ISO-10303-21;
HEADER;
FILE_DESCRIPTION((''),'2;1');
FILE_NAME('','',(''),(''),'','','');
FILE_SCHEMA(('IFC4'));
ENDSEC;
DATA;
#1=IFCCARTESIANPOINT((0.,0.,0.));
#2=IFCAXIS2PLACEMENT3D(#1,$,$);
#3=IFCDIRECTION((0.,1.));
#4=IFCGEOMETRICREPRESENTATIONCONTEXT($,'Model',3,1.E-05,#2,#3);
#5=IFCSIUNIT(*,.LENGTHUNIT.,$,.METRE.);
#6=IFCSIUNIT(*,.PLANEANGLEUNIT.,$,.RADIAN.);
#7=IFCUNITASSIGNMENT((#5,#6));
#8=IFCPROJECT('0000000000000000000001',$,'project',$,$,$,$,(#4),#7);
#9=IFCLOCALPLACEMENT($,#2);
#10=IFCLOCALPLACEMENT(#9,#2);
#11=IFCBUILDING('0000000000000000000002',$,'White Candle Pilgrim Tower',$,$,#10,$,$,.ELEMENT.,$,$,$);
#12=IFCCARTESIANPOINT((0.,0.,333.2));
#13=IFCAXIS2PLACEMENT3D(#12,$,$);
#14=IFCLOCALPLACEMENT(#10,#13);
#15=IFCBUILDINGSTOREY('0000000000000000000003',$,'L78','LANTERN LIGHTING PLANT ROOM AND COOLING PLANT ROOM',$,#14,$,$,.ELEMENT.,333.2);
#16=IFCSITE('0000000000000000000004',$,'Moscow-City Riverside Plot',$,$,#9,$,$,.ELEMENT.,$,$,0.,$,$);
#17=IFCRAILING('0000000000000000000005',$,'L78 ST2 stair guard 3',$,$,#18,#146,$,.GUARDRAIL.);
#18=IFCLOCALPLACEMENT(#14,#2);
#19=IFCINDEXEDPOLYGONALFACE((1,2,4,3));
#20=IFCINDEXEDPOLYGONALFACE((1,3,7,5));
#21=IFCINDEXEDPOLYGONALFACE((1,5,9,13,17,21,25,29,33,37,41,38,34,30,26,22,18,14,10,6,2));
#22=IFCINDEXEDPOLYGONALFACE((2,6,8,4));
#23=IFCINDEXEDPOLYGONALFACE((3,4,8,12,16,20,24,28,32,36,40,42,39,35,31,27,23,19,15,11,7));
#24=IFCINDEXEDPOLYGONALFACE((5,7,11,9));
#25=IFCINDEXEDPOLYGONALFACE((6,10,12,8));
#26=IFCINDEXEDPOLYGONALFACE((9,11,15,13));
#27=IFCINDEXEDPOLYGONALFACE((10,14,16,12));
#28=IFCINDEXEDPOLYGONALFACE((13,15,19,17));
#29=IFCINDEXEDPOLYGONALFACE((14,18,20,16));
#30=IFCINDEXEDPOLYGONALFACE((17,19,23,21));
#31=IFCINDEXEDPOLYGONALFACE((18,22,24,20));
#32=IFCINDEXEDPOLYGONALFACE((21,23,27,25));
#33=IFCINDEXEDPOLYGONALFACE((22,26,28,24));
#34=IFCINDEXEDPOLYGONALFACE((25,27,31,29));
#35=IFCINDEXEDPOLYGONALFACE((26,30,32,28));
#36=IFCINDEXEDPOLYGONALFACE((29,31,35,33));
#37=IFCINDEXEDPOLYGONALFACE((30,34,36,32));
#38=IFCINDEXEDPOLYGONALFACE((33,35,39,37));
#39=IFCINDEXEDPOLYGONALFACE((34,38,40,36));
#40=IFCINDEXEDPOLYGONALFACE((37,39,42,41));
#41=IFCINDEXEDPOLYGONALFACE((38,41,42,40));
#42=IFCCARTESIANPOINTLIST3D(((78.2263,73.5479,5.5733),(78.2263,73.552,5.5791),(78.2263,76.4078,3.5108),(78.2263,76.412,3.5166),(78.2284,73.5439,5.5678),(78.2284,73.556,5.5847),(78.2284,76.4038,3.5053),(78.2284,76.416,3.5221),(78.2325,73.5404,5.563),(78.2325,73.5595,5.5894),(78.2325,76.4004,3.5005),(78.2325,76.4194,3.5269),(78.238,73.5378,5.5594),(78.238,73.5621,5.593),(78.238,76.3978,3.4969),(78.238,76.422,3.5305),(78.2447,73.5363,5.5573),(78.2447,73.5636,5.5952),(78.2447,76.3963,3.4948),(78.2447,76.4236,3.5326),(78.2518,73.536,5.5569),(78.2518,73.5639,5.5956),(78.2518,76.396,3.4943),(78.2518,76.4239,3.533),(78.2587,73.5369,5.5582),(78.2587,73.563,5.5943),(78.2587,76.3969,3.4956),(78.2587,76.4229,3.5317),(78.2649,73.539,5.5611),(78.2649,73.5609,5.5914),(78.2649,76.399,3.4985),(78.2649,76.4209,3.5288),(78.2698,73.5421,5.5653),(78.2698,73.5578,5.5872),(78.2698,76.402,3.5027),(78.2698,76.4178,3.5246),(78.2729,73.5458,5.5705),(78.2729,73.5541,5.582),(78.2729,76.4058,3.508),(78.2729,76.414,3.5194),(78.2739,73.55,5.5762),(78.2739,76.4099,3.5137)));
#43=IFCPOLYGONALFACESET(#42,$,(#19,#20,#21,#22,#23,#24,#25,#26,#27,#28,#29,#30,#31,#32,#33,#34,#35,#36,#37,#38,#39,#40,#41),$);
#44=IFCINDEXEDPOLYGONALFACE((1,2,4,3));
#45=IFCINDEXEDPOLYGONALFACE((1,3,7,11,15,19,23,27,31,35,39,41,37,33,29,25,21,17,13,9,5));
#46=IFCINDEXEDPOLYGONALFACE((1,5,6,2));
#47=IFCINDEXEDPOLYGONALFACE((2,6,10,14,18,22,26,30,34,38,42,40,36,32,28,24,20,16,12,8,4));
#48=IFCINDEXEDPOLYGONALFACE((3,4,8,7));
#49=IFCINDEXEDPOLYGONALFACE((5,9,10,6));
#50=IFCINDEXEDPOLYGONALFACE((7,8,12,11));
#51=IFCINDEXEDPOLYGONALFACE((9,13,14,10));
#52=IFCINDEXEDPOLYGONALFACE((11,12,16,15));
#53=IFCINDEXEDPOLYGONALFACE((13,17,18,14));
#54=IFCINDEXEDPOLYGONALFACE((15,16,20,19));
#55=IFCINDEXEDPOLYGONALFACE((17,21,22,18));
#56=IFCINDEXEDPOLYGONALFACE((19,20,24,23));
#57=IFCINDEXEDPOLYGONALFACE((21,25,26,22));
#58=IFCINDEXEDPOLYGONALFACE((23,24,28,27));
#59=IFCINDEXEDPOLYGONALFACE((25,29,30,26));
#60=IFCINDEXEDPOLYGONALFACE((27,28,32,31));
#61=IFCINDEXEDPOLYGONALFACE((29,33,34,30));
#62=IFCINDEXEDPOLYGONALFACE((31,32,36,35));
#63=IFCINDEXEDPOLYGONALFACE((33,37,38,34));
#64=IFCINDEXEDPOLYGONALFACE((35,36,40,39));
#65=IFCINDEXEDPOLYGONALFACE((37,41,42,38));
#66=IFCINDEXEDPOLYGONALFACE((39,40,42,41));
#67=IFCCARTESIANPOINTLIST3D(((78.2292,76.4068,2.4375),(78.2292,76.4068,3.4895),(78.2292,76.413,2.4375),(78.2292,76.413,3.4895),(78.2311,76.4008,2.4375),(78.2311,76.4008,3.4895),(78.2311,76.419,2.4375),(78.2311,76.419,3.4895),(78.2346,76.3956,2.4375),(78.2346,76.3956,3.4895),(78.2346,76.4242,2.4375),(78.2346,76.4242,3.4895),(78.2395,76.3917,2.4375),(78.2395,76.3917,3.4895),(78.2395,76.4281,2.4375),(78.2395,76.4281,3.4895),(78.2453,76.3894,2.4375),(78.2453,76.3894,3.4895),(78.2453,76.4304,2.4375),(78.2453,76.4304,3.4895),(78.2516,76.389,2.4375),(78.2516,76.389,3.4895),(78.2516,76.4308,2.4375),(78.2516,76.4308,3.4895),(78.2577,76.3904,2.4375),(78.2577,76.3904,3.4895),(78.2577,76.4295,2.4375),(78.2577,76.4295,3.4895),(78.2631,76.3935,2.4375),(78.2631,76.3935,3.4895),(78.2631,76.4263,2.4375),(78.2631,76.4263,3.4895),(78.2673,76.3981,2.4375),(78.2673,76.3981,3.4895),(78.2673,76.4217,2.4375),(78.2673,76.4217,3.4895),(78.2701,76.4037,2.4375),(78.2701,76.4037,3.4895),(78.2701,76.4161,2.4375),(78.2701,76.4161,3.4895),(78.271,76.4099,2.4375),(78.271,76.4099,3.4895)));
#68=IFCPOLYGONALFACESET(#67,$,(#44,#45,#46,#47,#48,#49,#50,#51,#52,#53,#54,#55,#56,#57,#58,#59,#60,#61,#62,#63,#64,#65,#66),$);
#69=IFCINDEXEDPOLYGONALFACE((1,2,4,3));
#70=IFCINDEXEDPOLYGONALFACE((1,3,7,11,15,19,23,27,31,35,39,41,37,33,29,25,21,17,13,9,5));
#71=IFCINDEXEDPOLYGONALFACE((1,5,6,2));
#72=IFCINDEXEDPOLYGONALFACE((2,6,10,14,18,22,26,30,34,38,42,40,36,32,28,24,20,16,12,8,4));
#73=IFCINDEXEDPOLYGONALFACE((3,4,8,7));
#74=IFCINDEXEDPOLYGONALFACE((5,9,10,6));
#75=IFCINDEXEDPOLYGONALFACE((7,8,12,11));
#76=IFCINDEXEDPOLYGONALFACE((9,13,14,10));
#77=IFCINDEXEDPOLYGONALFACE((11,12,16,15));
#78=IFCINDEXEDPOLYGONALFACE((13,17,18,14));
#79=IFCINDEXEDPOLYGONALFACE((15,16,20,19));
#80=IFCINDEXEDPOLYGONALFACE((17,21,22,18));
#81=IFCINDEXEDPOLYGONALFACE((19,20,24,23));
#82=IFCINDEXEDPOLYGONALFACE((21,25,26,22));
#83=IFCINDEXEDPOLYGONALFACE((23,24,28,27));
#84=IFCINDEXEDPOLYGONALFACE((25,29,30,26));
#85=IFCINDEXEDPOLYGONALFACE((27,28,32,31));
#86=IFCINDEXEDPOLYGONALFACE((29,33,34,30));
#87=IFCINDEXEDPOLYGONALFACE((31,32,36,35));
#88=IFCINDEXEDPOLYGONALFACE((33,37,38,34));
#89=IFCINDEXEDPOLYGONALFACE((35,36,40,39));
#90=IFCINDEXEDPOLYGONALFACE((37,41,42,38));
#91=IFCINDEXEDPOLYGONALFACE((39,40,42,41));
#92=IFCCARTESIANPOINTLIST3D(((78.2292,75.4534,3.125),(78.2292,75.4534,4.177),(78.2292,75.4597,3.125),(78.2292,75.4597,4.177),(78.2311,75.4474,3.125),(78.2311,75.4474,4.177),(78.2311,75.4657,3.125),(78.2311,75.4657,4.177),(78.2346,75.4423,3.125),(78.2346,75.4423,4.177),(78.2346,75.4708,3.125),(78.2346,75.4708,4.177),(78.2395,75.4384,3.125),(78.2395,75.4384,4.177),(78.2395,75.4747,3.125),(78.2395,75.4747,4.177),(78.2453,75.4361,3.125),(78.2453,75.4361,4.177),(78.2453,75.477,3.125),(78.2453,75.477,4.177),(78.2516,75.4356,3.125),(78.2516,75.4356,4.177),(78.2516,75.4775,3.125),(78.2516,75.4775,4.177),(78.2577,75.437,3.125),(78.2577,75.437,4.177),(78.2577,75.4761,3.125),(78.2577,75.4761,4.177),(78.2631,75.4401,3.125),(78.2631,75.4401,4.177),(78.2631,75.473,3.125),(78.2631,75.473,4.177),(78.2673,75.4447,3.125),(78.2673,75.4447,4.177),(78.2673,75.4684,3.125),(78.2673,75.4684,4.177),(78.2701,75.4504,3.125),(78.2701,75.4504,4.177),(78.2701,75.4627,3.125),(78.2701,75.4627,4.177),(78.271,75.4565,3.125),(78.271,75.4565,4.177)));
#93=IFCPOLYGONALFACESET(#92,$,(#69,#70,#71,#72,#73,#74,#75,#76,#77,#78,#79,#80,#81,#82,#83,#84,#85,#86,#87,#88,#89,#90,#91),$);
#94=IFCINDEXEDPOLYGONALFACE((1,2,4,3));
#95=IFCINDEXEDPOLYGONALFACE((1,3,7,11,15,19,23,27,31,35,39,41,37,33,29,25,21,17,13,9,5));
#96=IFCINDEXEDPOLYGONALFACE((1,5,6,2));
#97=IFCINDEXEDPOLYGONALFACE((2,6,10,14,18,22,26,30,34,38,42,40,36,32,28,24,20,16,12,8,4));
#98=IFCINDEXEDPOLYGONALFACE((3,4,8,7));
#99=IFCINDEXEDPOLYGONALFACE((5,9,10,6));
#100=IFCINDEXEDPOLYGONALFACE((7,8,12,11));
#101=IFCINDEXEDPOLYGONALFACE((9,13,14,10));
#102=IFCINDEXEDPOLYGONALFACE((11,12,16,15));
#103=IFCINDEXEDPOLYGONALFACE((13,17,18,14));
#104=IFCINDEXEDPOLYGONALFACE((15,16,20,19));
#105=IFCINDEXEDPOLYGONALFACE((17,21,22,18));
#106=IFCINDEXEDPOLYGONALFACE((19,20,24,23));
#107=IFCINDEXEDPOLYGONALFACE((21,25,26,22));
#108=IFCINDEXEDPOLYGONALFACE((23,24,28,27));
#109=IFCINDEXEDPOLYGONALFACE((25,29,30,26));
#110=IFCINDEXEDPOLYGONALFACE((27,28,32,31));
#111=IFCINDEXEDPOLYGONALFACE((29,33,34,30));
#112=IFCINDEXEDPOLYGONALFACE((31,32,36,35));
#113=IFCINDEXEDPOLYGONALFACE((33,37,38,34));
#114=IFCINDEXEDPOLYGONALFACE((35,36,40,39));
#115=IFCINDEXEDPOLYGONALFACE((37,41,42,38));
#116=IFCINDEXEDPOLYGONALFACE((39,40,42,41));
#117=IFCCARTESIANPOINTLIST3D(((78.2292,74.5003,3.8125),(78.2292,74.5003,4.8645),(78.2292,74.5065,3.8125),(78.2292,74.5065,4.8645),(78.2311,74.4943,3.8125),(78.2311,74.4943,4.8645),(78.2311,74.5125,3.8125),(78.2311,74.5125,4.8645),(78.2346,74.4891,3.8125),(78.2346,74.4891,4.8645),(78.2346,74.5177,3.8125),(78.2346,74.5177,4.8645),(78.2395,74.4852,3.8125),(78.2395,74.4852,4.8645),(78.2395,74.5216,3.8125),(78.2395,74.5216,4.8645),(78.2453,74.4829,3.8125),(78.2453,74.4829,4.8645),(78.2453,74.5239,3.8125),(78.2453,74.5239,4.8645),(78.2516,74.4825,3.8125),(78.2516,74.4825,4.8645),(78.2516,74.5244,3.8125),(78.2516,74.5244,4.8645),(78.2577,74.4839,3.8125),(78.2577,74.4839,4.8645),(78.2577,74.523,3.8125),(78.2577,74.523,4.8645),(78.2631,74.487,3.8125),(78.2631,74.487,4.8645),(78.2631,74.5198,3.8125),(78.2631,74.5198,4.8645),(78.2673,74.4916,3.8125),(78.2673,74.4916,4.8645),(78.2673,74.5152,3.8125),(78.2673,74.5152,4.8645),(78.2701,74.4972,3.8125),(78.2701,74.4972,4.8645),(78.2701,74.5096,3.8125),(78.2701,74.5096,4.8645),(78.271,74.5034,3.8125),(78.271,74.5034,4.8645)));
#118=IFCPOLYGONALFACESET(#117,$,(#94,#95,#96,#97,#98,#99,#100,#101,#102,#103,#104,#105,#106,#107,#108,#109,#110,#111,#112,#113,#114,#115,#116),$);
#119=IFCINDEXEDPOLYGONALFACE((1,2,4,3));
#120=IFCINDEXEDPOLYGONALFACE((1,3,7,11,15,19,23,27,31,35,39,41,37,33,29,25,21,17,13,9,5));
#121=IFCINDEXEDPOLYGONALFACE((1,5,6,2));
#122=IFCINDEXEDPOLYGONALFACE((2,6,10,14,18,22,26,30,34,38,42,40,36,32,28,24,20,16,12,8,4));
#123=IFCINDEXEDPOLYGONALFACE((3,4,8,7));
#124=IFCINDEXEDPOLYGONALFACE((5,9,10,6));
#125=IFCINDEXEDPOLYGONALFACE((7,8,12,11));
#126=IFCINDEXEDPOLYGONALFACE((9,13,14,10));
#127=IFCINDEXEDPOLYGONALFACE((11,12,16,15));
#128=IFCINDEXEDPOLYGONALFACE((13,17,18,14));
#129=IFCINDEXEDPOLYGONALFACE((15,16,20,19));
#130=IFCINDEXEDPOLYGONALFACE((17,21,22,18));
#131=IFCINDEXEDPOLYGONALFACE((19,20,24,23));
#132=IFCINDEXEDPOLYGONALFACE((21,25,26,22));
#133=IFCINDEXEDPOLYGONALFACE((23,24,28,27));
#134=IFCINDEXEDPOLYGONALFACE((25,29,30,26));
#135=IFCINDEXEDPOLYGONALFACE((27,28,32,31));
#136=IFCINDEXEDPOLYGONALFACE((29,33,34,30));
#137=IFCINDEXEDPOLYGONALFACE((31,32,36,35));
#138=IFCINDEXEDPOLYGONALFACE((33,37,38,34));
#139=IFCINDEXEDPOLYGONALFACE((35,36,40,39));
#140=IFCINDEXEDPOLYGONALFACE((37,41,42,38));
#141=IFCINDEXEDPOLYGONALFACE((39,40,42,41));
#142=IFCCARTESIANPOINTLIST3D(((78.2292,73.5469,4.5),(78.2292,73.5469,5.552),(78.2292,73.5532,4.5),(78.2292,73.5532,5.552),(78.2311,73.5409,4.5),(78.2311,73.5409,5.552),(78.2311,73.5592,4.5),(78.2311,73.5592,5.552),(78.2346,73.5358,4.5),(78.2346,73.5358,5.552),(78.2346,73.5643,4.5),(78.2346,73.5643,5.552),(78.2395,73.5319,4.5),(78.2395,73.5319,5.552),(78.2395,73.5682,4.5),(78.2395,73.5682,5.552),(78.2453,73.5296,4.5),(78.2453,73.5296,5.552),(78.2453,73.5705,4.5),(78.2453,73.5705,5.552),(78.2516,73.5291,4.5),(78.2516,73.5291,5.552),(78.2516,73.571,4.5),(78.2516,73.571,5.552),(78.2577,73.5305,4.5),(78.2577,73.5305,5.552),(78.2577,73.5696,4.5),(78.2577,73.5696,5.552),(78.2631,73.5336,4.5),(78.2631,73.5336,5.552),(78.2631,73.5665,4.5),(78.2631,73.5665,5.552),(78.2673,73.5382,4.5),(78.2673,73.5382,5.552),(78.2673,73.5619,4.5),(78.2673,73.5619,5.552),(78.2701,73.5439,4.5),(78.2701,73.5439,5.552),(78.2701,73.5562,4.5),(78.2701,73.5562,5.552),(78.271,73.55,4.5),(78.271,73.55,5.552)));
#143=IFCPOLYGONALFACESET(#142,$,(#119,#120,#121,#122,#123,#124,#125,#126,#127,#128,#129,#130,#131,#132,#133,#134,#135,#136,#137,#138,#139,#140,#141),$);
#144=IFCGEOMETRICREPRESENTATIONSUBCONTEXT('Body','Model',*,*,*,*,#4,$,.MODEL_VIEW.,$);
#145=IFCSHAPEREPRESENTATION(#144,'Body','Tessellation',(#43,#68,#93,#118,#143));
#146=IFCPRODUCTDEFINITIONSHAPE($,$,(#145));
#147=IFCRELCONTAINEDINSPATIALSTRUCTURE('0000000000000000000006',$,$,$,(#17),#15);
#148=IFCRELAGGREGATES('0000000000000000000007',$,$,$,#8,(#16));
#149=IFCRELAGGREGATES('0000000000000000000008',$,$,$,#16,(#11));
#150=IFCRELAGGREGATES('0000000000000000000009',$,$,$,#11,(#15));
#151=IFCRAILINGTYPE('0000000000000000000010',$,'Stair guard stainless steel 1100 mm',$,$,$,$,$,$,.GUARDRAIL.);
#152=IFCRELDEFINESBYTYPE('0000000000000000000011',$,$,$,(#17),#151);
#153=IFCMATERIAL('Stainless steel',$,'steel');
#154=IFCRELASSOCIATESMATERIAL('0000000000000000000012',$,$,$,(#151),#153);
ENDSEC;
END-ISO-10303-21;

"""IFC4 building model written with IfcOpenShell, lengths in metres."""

from ifc_helpers import new_model, si_unit, direction, frame, origin, origin_2d, place, context, subcontext, project, spatial, circle, extrude, material, type_object, element, save


model = new_model("IFC4")

# Units and contexts
model_context = context("Model", 3, precision=1e-05, world=origin(), true_north=direction((0.0, 1.0)))
body_context = subcontext(model_context, "Body", "Model", "MODEL_VIEW")
ifc_project = project(units=[si_unit("LENGTHUNIT", "METRE"), si_unit("PLANEANGLEUNIT", "RADIAN")], contexts=[model_context])

# Site, building, storey
site_placement = place(None, origin())
site = spatial("IfcSite", under=ifc_project, at=site_placement, Name="Moscow-City Riverside Plot", CompositionType="ELEMENT", RefElevation=0.0)
building_placement = place(site_placement, origin())
building = spatial("IfcBuilding", under=site, at=building_placement, Name="White Candle Pilgrim Tower", CompositionType="ELEMENT")
storey_placement = place(building_placement, frame((0.0, 0.0, 333.2)))
storey = spatial("IfcBuildingStorey", under=building, at=storey_placement, Name="L78", Description="LANTERN LIGHTING PLANT ROOM AND COOLING PLANT ROOM", CompositionType="ELEMENT", Elevation=333.2)

# Railing
ifc_material_1 = material(Name="Stainless steel", Category="steel")
railing_type_1 = type_object("IfcRailingType", Name="Stair guard stainless steel 1100 mm", PredefinedType="GUARDRAIL", material=ifc_material_1)
railing_1_placement = place(storey_placement, frame((78.25, 76.4099, 2.4375)))
element("IfcRailing", 1, at=railing_1_placement, inside=storey, type_object=railing_type_1, Name="L78 ST2 stair guard 3", PredefinedType="GUARDRAIL", context=body_context, shape_type="SweptSolid", body=[
    extrude(circle(Radius=0.0239, at=origin_2d()), frame((0.0, 0.0, 1.0762), z_axis=(0.0, -0.811077, 0.584939), x_axis=(1.0, 0.0, 0.0)), (0.0, 0.0, 1.0), 3.5261),
    extrude(circle(Radius=0.021, at=origin_2d()), origin(), (0.0, 0.0, 1.0), 1.052),
    extrude(circle(Radius=0.021, at=origin_2d()), frame((0.0, -0.9534, 0.6875)), (0.0, 0.0, 1.0), 1.052),
    extrude(circle(Radius=0.021, at=origin_2d()), frame((0.0, -1.9065, 1.375)), (0.0, 0.0, 1.0), 1.052),
    extrude(circle(Radius=0.021, at=origin_2d()), frame((0.0, -2.8599, 2.0625)), (0.0, 0.0, 1.0), 1.052),
])

save(model, "model.ifc")
